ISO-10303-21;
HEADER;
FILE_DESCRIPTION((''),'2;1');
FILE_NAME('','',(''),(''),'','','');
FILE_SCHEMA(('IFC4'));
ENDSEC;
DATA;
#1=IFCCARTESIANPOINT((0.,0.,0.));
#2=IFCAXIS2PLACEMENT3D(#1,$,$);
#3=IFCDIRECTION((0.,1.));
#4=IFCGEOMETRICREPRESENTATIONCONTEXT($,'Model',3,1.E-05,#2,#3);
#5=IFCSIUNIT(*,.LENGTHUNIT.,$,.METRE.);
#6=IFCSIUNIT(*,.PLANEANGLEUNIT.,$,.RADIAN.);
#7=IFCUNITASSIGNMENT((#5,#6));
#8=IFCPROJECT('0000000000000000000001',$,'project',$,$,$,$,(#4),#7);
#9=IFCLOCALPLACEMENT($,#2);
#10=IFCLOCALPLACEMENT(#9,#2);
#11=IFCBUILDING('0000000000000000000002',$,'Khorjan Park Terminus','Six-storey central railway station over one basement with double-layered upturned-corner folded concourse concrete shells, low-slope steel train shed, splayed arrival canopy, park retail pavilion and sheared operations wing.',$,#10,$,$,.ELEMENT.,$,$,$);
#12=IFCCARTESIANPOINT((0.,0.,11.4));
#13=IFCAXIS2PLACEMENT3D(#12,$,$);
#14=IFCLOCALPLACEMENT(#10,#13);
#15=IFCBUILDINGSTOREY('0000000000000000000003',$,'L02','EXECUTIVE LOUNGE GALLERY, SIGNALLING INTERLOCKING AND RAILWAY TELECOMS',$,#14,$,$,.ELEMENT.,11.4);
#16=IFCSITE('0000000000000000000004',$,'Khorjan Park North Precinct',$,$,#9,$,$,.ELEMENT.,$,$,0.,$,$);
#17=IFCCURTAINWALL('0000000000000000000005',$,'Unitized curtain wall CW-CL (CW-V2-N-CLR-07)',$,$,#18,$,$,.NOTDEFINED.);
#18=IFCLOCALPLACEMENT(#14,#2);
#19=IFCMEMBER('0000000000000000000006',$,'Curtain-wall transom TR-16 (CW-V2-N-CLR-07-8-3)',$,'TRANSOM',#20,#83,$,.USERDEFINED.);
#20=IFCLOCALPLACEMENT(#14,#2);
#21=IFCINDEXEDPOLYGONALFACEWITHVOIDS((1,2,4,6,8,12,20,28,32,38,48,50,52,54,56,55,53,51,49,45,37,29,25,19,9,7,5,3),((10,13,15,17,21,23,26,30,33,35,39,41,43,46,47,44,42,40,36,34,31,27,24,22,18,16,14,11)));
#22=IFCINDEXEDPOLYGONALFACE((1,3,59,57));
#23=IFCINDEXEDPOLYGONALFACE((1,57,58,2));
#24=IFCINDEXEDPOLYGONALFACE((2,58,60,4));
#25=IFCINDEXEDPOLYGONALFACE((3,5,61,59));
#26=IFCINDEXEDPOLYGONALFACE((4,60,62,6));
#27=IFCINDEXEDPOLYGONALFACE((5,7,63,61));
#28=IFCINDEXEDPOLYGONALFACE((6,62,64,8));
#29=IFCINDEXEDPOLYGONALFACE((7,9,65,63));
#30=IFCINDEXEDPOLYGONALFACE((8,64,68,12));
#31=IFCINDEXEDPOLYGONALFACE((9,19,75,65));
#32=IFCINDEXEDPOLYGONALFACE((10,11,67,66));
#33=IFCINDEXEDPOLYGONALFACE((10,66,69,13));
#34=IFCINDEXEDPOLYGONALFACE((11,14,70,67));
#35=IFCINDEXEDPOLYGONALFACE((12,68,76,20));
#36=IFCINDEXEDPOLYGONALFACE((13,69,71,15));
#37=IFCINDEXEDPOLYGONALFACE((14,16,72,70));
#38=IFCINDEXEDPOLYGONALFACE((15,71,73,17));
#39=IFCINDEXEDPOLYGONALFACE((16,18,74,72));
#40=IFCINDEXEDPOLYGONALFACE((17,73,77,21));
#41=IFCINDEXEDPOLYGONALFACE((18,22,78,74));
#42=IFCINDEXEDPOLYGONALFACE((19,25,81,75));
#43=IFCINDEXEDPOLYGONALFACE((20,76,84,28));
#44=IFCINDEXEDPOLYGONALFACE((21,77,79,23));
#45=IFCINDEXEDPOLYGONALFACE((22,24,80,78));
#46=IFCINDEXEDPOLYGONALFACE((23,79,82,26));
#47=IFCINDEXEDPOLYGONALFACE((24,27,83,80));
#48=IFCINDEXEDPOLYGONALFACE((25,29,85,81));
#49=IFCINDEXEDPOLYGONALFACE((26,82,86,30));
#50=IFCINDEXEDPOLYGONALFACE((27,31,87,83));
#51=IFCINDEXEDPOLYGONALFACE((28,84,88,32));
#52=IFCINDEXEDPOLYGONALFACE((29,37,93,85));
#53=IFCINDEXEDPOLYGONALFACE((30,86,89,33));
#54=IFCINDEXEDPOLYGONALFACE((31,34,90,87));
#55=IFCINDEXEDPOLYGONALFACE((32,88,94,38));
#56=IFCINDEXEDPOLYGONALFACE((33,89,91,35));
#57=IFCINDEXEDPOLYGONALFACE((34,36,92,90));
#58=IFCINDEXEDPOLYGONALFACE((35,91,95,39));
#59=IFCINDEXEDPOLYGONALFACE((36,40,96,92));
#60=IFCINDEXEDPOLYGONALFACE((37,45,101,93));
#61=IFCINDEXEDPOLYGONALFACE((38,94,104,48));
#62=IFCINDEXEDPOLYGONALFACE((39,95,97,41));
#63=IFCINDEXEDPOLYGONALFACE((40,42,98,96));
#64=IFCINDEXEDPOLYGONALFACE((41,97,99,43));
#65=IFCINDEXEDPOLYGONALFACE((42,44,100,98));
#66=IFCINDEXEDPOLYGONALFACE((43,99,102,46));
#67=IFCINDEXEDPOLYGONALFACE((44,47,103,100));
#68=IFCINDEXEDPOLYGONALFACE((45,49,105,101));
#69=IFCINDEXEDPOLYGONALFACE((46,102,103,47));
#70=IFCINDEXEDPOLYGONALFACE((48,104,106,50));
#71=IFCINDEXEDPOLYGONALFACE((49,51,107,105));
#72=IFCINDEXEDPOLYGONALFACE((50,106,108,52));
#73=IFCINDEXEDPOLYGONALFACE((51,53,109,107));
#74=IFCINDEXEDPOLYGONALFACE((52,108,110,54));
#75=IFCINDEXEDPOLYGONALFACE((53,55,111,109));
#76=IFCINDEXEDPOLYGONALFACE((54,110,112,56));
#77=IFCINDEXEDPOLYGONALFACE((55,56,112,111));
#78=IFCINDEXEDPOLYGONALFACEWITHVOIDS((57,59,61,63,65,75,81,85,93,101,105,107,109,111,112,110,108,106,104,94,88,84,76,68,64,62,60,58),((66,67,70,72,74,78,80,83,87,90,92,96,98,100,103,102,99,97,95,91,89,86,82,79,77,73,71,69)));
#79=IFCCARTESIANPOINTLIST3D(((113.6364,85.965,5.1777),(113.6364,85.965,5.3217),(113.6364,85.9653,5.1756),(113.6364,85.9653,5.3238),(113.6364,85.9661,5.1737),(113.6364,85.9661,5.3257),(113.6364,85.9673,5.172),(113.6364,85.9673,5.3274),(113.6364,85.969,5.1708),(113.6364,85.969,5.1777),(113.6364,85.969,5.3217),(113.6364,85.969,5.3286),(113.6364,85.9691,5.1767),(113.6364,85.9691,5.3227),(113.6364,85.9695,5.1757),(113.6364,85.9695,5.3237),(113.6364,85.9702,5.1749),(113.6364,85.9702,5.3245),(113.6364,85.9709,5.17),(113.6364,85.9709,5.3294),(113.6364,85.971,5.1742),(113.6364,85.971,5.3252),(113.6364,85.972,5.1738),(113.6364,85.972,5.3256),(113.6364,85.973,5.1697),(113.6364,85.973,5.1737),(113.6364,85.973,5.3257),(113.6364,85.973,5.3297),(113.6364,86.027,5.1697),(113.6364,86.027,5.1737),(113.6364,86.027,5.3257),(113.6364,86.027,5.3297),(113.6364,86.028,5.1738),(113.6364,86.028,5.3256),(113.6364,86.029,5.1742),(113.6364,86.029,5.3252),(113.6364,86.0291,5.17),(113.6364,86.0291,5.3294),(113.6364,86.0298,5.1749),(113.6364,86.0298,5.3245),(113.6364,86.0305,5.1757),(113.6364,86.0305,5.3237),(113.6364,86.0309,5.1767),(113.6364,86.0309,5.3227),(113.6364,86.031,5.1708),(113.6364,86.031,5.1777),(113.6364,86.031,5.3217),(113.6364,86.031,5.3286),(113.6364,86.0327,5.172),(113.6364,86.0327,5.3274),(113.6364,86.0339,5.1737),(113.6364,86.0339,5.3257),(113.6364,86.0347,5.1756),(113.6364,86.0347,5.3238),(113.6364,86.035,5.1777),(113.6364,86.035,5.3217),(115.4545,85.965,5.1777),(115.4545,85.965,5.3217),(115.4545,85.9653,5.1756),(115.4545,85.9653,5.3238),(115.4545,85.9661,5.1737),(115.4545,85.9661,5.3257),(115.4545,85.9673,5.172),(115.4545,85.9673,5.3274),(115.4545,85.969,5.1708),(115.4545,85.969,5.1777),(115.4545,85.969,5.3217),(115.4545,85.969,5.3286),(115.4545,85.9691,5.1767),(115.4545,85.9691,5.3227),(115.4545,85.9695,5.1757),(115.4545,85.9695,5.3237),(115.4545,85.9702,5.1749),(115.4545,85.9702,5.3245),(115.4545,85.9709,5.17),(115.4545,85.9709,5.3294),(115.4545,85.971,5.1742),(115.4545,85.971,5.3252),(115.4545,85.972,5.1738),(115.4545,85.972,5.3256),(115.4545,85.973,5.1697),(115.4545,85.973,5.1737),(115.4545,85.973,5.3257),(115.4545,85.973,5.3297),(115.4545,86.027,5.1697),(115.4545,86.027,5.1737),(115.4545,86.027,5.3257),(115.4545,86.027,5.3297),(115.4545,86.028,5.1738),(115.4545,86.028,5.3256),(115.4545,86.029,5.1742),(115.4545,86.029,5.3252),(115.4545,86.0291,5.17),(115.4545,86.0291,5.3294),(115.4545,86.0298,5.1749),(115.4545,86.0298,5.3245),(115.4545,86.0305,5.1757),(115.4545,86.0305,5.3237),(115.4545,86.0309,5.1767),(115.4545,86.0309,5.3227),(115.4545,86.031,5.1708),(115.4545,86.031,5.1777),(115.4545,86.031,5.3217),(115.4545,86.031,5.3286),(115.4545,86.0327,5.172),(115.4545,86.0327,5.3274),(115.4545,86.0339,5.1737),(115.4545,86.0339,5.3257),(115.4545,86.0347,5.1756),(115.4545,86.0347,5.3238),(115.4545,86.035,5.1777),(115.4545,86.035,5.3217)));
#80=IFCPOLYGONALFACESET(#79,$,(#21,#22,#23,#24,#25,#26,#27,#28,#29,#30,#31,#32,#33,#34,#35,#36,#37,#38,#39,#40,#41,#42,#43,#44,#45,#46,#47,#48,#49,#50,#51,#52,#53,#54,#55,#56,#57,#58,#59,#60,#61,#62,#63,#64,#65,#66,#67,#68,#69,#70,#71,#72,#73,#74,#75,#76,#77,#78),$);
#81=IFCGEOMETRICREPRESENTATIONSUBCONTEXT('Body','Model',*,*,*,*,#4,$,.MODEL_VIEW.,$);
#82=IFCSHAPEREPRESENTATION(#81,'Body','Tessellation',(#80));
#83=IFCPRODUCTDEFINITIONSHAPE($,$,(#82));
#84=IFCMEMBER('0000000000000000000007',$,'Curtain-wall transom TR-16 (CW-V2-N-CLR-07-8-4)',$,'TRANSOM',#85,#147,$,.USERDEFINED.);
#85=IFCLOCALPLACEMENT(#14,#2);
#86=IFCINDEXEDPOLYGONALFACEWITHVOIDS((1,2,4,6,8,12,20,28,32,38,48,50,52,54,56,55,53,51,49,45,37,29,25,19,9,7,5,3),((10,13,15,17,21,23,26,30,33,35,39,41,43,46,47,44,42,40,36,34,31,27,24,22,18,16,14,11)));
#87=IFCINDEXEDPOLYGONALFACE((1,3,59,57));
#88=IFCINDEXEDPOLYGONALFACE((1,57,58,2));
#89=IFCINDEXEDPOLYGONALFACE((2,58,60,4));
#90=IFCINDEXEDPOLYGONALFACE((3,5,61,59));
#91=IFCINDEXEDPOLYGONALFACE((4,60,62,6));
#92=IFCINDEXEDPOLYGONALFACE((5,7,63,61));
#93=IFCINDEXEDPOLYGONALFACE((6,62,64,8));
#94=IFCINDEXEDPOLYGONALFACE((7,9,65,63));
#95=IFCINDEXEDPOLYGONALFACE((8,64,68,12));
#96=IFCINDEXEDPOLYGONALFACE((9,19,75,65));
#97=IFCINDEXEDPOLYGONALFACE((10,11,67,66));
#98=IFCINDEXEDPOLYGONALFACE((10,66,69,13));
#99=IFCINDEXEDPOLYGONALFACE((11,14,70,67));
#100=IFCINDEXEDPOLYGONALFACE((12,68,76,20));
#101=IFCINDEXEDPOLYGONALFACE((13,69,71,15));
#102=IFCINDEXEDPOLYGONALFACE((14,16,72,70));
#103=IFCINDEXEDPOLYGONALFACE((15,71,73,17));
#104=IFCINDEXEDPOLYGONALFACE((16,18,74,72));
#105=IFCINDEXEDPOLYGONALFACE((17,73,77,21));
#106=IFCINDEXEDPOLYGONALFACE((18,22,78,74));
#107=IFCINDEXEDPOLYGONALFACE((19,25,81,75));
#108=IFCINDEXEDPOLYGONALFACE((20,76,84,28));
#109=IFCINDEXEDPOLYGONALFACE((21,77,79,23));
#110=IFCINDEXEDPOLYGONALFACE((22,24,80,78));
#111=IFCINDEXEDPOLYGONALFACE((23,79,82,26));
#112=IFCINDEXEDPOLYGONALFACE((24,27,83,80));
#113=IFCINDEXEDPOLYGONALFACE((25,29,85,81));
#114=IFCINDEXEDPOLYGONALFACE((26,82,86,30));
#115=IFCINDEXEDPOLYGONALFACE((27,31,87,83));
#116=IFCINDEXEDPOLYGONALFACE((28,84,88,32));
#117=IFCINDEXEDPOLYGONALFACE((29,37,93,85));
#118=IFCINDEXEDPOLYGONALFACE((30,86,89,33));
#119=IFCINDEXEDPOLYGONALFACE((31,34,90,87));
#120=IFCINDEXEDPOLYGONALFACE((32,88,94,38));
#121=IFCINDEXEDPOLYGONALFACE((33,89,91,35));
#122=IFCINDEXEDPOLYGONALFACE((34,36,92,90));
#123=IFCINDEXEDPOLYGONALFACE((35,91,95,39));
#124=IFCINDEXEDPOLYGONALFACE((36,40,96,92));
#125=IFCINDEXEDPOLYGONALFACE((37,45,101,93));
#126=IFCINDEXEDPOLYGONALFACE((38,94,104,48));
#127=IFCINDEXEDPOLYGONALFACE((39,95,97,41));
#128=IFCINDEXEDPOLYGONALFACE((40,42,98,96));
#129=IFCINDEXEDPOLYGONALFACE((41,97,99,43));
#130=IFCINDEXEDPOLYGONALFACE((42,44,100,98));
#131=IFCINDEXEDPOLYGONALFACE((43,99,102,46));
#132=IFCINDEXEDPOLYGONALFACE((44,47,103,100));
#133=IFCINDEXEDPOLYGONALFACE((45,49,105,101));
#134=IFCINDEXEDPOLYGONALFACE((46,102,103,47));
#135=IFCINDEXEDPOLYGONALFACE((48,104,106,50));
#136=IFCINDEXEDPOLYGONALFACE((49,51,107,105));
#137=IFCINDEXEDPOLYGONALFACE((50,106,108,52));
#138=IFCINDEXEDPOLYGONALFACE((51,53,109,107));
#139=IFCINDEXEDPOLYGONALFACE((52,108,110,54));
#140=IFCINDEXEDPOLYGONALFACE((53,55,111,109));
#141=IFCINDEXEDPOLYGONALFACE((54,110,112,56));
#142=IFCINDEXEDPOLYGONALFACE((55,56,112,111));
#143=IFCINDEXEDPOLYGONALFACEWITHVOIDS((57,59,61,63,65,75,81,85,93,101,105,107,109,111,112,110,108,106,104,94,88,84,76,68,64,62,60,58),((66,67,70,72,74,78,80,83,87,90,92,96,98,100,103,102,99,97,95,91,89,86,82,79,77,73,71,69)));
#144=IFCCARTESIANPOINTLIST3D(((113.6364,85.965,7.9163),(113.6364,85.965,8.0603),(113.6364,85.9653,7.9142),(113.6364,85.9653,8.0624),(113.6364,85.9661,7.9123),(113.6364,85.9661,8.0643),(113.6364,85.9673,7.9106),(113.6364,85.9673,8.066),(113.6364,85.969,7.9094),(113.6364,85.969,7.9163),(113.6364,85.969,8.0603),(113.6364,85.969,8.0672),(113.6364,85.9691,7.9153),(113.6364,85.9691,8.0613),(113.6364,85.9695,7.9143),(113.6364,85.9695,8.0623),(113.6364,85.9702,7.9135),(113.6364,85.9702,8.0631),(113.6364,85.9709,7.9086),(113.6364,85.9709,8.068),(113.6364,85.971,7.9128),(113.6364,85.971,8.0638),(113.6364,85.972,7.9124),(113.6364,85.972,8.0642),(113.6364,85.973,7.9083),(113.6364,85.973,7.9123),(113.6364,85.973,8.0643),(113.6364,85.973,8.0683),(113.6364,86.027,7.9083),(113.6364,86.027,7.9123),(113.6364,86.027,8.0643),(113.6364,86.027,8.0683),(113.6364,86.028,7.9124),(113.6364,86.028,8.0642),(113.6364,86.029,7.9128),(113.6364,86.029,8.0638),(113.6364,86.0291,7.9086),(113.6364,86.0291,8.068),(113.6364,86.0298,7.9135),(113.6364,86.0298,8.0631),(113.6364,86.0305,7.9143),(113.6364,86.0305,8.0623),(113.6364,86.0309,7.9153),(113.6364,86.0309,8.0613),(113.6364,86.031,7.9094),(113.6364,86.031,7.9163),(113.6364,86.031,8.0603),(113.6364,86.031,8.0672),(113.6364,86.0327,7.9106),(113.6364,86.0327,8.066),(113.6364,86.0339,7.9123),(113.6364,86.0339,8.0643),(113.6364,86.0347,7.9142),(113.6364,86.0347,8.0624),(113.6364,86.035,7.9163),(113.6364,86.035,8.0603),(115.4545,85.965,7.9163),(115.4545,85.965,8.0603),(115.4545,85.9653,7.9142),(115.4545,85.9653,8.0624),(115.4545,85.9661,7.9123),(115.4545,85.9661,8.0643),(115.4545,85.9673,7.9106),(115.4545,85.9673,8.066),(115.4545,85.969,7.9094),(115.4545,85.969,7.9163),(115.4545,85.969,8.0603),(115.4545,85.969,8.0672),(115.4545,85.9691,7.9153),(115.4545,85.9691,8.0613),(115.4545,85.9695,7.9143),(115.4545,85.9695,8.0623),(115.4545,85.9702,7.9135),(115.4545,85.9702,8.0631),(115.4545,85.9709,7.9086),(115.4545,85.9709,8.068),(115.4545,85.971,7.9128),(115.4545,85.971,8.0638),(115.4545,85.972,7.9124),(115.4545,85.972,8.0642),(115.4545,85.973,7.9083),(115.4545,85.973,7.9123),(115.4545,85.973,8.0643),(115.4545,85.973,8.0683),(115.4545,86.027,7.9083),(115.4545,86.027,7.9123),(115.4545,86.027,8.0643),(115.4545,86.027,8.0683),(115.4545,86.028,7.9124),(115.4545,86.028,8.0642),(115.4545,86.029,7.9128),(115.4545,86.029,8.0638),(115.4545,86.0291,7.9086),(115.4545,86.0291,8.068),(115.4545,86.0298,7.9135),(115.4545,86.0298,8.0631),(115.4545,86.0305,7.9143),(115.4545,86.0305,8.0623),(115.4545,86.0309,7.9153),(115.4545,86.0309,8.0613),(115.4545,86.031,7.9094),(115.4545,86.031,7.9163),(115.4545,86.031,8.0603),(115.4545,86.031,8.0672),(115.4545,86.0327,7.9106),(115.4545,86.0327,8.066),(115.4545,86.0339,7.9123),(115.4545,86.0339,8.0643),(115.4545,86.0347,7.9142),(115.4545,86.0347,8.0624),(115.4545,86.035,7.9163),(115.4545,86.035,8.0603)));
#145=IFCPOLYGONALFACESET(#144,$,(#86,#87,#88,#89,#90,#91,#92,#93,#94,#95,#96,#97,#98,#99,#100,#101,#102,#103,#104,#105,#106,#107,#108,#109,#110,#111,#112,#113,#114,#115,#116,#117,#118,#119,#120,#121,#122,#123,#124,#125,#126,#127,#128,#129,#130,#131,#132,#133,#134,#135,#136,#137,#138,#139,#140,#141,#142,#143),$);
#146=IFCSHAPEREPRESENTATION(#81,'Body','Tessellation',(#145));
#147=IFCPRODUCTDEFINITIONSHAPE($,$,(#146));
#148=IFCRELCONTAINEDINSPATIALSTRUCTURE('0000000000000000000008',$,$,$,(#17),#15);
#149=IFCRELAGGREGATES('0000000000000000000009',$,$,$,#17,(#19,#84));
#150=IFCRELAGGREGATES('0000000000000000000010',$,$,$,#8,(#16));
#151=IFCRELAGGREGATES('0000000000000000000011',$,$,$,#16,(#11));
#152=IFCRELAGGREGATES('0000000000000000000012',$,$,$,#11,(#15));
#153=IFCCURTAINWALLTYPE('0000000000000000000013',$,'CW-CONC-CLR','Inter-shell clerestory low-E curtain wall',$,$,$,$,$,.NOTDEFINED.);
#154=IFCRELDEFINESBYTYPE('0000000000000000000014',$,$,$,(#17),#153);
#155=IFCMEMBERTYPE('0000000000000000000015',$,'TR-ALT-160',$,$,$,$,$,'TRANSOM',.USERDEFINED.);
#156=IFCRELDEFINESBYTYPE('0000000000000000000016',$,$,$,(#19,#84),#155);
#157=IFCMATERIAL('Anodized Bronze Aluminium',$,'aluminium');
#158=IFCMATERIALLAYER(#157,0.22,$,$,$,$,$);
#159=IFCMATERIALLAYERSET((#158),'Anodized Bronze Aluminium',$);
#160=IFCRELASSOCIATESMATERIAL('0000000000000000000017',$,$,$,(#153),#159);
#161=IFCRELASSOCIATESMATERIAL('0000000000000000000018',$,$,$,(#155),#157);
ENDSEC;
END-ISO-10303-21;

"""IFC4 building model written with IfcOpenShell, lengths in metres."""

from ifc_helpers import new_model, si_unit, direction, frame, origin, origin_2d, place, context, subcontext, project, spatial, hollow_rectangle, extrude, material, layer, layer_set, material_profile, profile_set, type_object, element, aggregate, save


model = new_model("IFC4")

# Units and contexts
model_context = context("Model", 3, precision=1e-05, world=origin(), true_north=direction((0.0, 1.0)))
body_context = subcontext(model_context, "Body", "Model", "MODEL_VIEW")
ifc_project = project(units=[si_unit("LENGTHUNIT", "METRE"), si_unit("PLANEANGLEUNIT", "RADIAN")], contexts=[model_context])

# Site, building, storey
site_placement = place(None, origin())
site = spatial("IfcSite", under=ifc_project, at=site_placement, Name="Khorjan Park North Precinct", CompositionType="ELEMENT", RefElevation=0.0)
building_placement = place(site_placement, origin())
building = spatial("IfcBuilding", under=site, at=building_placement, Name="Khorjan Park Terminus", Description="Six-storey central railway station over one basement with double-layered upturned-corner folded concourse concrete shells, low-slope steel train shed, splayed arrival canopy, park retail pavilion and sheared operations wing.", CompositionType="ELEMENT")
storey_placement = place(building_placement, frame((0.0, 0.0, 11.4)))
storey = spatial("IfcBuildingStorey", under=building, at=storey_placement, Name="L02", Description="EXECUTIVE LOUNGE GALLERY, SIGNALLING INTERLOCKING AND RAILWAY TELECOMS", CompositionType="ELEMENT", Elevation=11.4)

# Curtain wall
ifc_material_1 = material(Name="Anodized Bronze Aluminium", Category="aluminium")
ifc_layer_1 = layer(ifc_material_1, 0.22)
ifc_layer_set_1 = layer_set([ifc_layer_1], Name="Anodized Bronze Aluminium")
curtain_wall_type = type_object("IfcCurtainWallType", Name="CW-CONC-CLR", Description="Inter-shell clerestory low-E curtain wall", PredefinedType="NOTDEFINED", material=ifc_layer_set_1)
curtain_wall_placement = place(storey_placement, origin())
curtain_wall = element("IfcCurtainWall", 1, at=curtain_wall_placement, inside=storey, type_object=curtain_wall_type, Name="Unitized curtain wall CW-CL (CW-V2-N-CLR-07)", PredefinedType="NOTDEFINED")

# Members
ifc_material_profile_1 = material_profile(ifc_material_1, hollow_rectangle(XDim=0.07, YDim=0.16, WallThickness=0.004, InnerFilletRadius=0.004, OuterFilletRadius=0.008, at=origin_2d()), Name="ALT 70x160x4")
ifc_profile_set_1 = profile_set([ifc_material_profile_1], Name="Anodized Bronze Aluminium")
member_type_1 = type_object("IfcMemberType", Name="TR-ALT-160", ElementType="TRANSOM", PredefinedType="USERDEFINED", material=ifc_profile_set_1)
member_1_placement = place(storey_placement, frame((115.4545, 86.0, 5.2497), z_axis=(-1.0, 0.0, 0.0), x_axis=(0.0, -1.0, 0.0)))
member_1 = element("IfcMember", 2, at=member_1_placement, type_object=member_type_1, Name="Curtain-wall transom TR-16 (CW-V2-N-CLR-07-8-3)", ObjectType="TRANSOM", PredefinedType="USERDEFINED", context=body_context, shape_type="SweptSolid", body=[
    extrude(hollow_rectangle(XDim=0.07, YDim=0.16, WallThickness=0.004, InnerFilletRadius=0.004, OuterFilletRadius=0.008, at=origin_2d()), origin(), (0.0, 0.0, 1.0), 1.8181),
])
member_2_placement = place(storey_placement, frame((115.4545, 86.0, 7.9883), z_axis=(-1.0, 0.0, 0.0), x_axis=(0.0, -1.0, 0.0)))
member_2 = element("IfcMember", 3, at=member_2_placement, type_object=member_type_1, Name="Curtain-wall transom TR-16 (CW-V2-N-CLR-07-8-4)", ObjectType="TRANSOM", PredefinedType="USERDEFINED", context=body_context, shape_type="SweptSolid", body=[
    extrude(hollow_rectangle(XDim=0.07, YDim=0.16, WallThickness=0.004, InnerFilletRadius=0.004, OuterFilletRadius=0.008, at=origin_2d()), origin(), (0.0, 0.0, 1.0), 1.8181),
])

aggregate(curtain_wall, [member_1, member_2])

save(model, "model.ifc")
